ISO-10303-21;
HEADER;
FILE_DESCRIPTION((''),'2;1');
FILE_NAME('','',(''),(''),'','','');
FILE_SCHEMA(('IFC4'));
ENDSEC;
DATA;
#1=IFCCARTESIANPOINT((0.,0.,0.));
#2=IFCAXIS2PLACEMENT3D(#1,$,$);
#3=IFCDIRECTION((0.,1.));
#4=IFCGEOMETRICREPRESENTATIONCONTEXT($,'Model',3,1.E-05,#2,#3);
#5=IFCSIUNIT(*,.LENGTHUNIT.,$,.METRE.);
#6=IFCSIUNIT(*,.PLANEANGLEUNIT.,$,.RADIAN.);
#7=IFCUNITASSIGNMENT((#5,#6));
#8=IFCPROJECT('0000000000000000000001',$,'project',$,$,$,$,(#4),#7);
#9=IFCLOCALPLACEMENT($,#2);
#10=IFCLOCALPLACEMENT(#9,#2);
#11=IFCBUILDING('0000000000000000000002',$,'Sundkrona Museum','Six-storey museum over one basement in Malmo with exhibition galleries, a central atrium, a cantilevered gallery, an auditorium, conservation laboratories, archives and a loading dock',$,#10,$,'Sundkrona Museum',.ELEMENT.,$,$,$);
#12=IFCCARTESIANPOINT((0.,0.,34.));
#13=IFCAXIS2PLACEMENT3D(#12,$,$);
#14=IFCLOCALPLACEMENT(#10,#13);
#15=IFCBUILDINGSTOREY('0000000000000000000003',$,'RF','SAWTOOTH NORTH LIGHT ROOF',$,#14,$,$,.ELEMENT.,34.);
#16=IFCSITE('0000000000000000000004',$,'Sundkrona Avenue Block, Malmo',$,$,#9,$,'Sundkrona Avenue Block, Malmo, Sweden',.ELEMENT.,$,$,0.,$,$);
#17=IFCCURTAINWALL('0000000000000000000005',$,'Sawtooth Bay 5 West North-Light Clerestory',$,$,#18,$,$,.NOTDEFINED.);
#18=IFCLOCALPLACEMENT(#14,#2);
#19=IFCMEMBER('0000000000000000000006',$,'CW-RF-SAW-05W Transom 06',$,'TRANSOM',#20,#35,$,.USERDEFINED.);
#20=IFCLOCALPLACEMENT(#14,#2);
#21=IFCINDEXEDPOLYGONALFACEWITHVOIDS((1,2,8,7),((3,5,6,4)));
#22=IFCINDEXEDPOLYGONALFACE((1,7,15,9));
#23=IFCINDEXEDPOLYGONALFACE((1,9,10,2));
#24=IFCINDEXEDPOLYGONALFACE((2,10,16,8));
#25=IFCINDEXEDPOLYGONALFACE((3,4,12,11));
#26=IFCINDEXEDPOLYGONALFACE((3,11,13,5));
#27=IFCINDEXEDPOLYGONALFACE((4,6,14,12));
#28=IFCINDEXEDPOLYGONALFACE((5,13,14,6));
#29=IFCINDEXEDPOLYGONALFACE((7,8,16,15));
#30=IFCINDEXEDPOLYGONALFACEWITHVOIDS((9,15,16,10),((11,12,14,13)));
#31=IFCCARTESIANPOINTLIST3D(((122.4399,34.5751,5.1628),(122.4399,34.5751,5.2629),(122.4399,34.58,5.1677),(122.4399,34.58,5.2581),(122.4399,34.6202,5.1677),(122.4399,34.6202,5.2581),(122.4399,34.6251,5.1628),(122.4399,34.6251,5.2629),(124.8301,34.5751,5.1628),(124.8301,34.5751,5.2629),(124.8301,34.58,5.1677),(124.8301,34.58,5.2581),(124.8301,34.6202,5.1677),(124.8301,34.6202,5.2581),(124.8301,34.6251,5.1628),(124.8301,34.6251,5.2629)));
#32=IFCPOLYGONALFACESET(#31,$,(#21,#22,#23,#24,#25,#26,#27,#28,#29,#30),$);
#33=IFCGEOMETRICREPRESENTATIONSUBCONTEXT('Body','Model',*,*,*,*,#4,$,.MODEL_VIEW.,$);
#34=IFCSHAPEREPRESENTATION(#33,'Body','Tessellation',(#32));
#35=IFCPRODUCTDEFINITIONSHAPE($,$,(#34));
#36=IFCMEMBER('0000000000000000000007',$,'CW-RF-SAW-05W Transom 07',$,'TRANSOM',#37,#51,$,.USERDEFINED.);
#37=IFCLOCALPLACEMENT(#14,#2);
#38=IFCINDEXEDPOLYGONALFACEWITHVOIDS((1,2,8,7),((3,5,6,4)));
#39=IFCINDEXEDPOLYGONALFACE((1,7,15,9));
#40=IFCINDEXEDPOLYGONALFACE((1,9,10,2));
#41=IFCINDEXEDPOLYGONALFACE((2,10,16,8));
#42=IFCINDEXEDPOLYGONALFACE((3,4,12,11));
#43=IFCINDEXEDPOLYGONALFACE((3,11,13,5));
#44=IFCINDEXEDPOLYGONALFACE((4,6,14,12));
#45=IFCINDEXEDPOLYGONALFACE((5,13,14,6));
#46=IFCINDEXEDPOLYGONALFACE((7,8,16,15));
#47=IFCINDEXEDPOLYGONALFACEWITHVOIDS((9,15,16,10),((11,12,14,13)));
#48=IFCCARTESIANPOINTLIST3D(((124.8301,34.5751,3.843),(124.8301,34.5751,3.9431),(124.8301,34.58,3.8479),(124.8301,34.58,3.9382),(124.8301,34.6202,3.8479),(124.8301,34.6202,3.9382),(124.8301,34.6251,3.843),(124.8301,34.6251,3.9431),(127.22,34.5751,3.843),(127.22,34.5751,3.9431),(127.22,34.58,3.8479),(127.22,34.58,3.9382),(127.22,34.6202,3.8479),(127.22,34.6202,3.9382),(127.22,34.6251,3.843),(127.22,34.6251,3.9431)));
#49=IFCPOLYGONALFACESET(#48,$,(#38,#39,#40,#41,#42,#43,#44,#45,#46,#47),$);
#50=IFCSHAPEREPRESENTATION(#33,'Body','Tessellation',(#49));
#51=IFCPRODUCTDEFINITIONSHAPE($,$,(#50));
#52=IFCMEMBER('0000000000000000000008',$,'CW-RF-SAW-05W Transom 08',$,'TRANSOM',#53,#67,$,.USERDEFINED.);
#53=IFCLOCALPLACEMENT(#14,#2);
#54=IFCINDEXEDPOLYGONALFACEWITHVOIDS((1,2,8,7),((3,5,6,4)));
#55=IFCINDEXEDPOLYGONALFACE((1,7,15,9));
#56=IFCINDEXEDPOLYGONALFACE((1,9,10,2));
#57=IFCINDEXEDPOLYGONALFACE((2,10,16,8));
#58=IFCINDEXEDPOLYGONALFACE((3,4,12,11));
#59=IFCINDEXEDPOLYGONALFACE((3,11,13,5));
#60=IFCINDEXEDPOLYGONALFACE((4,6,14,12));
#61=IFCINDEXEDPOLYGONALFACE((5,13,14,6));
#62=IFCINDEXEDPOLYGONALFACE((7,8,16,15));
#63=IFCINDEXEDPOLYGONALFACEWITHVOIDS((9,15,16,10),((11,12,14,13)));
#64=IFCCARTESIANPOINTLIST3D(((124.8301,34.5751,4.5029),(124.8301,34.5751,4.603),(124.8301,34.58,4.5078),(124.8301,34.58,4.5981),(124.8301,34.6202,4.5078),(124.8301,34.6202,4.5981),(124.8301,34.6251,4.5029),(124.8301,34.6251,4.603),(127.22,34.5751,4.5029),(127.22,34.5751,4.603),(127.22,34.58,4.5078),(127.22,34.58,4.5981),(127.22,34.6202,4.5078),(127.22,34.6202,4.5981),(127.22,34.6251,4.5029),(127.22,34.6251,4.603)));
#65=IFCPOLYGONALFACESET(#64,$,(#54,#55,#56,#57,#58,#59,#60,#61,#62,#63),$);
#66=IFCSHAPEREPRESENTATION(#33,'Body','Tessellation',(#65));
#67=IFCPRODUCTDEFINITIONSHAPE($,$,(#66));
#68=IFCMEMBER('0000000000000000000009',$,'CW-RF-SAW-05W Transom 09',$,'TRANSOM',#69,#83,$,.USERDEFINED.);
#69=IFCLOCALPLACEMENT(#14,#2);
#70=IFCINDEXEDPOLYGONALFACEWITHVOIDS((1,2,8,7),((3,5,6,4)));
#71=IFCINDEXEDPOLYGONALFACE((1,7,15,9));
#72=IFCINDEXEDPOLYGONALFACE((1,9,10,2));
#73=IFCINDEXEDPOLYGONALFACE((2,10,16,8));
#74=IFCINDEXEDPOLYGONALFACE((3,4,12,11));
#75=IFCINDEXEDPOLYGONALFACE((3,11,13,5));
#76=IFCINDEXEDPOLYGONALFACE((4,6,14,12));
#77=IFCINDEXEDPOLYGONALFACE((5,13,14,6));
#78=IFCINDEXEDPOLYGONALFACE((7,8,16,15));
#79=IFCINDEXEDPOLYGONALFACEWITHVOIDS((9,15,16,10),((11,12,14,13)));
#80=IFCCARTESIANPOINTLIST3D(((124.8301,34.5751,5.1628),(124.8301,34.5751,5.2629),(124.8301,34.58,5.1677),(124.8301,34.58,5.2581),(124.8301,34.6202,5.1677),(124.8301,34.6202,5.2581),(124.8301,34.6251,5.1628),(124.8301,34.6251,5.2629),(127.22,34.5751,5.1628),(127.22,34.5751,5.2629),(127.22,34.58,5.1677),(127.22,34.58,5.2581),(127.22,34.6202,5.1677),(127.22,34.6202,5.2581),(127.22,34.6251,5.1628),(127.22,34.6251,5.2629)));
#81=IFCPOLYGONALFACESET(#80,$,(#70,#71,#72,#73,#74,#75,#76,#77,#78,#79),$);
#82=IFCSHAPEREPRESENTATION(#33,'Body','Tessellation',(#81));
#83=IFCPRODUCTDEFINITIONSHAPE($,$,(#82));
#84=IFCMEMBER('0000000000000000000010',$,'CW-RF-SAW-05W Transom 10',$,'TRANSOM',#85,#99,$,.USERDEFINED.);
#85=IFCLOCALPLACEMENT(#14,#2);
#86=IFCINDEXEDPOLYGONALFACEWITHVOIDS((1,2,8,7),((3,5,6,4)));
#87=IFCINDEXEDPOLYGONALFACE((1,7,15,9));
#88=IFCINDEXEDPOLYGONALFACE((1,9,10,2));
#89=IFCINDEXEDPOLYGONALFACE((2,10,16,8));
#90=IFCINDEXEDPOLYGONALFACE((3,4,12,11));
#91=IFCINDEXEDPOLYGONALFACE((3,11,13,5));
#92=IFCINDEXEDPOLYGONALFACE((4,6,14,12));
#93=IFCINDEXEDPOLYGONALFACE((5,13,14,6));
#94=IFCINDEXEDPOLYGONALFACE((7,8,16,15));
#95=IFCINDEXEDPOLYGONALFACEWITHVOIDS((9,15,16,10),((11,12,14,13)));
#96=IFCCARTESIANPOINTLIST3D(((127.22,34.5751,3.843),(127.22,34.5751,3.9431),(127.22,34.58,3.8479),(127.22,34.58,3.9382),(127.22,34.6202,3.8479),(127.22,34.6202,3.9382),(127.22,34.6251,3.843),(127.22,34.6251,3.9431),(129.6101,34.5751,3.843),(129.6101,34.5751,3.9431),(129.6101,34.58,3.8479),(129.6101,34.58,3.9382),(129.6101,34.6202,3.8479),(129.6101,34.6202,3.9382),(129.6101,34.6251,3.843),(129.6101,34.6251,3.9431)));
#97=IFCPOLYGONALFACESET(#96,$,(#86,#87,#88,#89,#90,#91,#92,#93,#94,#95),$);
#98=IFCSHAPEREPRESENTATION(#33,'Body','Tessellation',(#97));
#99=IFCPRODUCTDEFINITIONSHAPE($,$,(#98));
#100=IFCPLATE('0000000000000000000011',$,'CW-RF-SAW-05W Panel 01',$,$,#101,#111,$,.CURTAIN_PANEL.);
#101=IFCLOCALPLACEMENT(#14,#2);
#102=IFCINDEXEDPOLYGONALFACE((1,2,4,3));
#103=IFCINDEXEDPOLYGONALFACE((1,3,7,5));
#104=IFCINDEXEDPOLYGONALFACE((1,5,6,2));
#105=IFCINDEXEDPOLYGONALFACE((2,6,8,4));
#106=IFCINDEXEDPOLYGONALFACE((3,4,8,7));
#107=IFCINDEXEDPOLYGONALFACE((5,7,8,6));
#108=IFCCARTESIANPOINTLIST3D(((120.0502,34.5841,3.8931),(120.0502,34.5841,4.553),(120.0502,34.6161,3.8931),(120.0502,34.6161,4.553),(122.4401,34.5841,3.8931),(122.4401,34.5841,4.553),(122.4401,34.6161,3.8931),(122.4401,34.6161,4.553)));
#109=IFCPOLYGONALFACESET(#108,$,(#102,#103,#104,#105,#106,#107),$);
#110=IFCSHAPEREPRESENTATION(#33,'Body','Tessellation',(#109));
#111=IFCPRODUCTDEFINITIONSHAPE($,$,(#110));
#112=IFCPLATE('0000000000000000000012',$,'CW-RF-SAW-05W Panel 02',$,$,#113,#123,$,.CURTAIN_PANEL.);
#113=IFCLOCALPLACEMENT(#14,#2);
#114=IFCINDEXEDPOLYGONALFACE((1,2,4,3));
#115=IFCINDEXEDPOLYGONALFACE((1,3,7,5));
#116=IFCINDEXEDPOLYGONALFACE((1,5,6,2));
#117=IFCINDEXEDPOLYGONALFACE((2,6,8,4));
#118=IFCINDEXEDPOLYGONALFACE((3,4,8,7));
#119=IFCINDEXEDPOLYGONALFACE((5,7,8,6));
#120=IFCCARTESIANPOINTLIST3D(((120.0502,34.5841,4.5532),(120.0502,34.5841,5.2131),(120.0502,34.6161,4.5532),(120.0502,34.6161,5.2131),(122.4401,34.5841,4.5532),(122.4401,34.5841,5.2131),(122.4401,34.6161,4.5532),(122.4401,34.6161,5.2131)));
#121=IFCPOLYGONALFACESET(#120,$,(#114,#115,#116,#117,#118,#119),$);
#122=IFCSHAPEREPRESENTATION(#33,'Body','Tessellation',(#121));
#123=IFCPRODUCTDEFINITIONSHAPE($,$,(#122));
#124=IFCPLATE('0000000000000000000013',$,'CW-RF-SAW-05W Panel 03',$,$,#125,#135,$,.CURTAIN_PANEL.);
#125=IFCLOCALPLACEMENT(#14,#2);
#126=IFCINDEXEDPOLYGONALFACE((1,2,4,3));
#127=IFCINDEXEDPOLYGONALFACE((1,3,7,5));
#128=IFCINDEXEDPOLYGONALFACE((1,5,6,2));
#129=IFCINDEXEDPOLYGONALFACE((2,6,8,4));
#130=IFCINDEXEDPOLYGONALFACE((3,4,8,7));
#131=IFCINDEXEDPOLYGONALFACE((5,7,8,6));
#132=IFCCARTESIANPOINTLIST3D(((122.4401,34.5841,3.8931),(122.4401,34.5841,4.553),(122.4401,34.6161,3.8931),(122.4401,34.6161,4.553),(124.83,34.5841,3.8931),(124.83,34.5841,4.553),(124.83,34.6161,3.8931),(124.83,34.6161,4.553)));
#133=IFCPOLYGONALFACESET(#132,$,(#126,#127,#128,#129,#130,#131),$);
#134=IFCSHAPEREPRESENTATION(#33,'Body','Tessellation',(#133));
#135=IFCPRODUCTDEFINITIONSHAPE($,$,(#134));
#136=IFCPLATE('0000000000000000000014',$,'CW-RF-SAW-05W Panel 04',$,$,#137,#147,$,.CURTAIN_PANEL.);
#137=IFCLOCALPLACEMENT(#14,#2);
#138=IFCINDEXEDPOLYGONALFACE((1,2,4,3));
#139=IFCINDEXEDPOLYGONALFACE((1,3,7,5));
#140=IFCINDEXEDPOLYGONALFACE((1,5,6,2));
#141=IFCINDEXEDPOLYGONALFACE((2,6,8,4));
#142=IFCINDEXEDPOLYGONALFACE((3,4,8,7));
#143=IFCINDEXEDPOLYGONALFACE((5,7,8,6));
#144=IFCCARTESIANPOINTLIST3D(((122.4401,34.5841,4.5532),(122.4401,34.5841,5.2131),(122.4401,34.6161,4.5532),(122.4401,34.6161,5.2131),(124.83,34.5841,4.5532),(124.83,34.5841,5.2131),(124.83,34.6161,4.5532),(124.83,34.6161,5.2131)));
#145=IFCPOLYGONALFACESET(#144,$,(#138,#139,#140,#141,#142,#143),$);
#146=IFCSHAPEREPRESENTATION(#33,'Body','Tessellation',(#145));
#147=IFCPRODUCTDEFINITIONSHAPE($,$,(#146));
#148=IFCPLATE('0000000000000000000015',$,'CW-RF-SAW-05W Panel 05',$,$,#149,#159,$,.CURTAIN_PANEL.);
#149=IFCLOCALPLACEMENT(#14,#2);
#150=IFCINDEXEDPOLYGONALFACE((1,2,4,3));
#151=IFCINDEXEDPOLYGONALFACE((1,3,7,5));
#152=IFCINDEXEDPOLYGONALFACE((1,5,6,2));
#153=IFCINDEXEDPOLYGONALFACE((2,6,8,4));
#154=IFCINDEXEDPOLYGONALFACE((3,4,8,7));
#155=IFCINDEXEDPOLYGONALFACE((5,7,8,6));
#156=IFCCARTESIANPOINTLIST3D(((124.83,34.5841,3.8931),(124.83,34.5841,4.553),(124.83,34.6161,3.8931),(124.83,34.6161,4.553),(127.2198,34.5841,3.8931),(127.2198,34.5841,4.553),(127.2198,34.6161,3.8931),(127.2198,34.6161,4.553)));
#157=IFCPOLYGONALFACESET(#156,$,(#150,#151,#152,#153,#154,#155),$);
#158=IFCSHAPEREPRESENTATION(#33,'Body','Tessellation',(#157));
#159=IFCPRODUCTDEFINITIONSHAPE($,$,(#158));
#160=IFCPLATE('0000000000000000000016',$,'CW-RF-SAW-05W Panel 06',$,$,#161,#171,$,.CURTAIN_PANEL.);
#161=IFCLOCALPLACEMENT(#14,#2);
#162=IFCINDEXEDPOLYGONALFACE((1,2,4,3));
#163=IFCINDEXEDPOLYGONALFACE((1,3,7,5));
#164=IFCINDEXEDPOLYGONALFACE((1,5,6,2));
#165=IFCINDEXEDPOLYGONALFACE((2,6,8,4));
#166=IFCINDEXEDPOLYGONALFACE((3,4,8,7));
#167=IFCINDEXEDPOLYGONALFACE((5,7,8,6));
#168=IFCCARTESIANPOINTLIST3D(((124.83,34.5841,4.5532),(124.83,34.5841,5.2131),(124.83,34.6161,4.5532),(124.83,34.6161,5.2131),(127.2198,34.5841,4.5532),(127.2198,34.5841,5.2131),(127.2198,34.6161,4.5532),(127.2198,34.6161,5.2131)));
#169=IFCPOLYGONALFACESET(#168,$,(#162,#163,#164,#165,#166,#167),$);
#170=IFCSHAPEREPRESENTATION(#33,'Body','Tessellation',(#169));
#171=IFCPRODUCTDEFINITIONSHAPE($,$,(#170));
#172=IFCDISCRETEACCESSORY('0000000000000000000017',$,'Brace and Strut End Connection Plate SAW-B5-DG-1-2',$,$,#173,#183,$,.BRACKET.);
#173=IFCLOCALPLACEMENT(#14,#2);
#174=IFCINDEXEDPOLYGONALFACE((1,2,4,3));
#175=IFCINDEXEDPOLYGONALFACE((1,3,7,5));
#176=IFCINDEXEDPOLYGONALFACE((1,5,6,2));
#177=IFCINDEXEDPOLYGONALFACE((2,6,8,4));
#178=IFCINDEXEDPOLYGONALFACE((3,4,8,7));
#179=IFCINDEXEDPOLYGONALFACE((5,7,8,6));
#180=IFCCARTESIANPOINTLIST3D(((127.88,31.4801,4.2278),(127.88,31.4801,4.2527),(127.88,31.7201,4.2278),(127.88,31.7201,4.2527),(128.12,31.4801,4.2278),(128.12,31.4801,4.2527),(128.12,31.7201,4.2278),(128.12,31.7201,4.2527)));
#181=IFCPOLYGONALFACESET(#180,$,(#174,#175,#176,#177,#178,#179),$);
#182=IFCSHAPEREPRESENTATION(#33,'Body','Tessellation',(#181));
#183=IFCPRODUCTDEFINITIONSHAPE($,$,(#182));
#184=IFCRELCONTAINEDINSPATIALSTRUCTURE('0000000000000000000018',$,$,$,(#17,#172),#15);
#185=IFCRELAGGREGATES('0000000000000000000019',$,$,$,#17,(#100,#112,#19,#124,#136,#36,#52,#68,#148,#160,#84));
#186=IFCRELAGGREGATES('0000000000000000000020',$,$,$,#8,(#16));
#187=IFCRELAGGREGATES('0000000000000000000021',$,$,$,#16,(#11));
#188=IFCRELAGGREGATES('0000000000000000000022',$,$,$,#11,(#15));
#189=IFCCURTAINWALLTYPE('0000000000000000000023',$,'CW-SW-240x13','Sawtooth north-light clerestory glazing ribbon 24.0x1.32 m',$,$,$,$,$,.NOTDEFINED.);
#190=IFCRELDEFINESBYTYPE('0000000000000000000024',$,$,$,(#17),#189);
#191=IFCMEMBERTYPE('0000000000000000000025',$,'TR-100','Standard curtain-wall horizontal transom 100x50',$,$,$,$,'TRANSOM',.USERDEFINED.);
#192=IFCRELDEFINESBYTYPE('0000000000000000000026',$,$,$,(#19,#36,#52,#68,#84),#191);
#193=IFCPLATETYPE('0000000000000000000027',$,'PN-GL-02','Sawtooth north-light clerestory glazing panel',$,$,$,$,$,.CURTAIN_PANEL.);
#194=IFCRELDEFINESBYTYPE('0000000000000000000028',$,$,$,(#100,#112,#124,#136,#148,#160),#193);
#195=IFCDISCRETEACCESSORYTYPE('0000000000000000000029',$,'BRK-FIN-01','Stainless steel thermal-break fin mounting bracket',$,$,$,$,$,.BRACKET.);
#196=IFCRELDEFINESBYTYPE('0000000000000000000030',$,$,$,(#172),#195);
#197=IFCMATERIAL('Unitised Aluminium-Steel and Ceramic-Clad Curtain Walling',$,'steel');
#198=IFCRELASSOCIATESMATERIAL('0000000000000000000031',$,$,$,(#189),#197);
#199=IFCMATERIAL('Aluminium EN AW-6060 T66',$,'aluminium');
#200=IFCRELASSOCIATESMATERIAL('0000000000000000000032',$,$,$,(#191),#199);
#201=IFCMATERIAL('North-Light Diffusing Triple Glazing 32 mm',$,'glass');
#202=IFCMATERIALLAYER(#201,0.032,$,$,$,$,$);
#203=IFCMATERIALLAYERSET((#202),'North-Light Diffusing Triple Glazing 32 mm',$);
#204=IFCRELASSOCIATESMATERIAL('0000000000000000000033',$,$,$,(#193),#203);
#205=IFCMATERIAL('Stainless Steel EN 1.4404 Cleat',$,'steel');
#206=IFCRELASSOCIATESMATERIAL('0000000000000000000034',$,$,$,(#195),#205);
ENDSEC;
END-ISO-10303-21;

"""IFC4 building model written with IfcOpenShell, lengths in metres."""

from ifc_helpers import new_model, si_unit, direction, frame, origin, origin_2d, place, context, subcontext, project, spatial, rectangle, hollow_rectangle, extrude, material, layer, layer_set, material_profile, profile_set, type_object, element, aggregate, save


model = new_model("IFC4")

# Units and contexts
model_context = context("Model", 3, precision=1e-05, world=origin(), true_north=direction((0.0, 1.0)))
body_context = subcontext(model_context, "Body", "Model", "MODEL_VIEW")
ifc_project = project(units=[si_unit("LENGTHUNIT", "METRE"), si_unit("PLANEANGLEUNIT", "RADIAN")], contexts=[model_context])

# Site, building, storey
site_placement = place(None, origin())
site = spatial("IfcSite", under=ifc_project, at=site_placement, Name="Sundkrona Avenue Block, Malmo", LongName="Sundkrona Avenue Block, Malmo, Sweden", CompositionType="ELEMENT", RefElevation=0.0)
building_placement = place(site_placement, origin())
building = spatial("IfcBuilding", under=site, at=building_placement, Name="Sundkrona Museum", Description="Six-storey museum over one basement in Malmo with exhibition galleries, a central atrium, a cantilevered gallery, an auditorium, conservation laboratories, archives and a loading dock", LongName="Sundkrona Museum", CompositionType="ELEMENT")
storey_placement = place(building_placement, frame((0.0, 0.0, 34.0)))
storey = spatial("IfcBuildingStorey", under=building, at=storey_placement, Name="RF", Description="SAWTOOTH NORTH LIGHT ROOF", CompositionType="ELEMENT", Elevation=34.0)

# Curtain wall
ifc_material_1 = material(Name="Unitised Aluminium-Steel and Ceramic-Clad Curtain Walling", Category="steel")
curtain_wall_type = type_object("IfcCurtainWallType", Name="CW-SW-240x13", Description="Sawtooth north-light clerestory glazing ribbon 24.0x1.32 m", PredefinedType="NOTDEFINED", material=ifc_material_1)
curtain_wall_1_placement = place(storey_placement, origin())
curtain_wall_1 = element("IfcCurtainWall", 1, at=curtain_wall_1_placement, inside=storey, type_object=curtain_wall_type, Name="Sawtooth Bay 5 West North-Light Clerestory", PredefinedType="NOTDEFINED")
ifc_material_2 = material(Name="Aluminium EN AW-6060 T66", Category="aluminium")
ifc_material_profile_1 = material_profile(ifc_material_2, hollow_rectangle(XDim=0.05, YDim=0.1001, WallThickness=0.0049, at=origin_2d()), Name="RHS 100x50x5.0")
ifc_profile_set_1 = profile_set([ifc_material_profile_1], Name="Aluminium EN AW-6060 T66")
member_type_1 = type_object("IfcMemberType", Name="TR-100", Description="Standard curtain-wall horizontal transom 100x50", ElementType="TRANSOM", PredefinedType="USERDEFINED", material=ifc_profile_set_1)

# Members
member_1_placement = place(storey_placement, frame((122.4399, 34.6001, 5.2129), z_axis=(1.0, 0.0, 0.0), x_axis=(0.0, 1.0, 0.0)))
member_1 = element("IfcMember", 2, at=member_1_placement, type_object=member_type_1, Name="CW-RF-SAW-05W Transom 06", ObjectType="TRANSOM", PredefinedType="USERDEFINED", context=body_context, shape_type="SweptSolid", body=[
    extrude(hollow_rectangle(XDim=0.05, YDim=0.1001, WallThickness=0.0049, at=origin_2d()), origin(), (0.0, 0.0, 1.0), 2.3901),
])
member_2_placement = place(storey_placement, frame((124.8301, 34.6001, 3.8931), z_axis=(1.0, 0.0, 0.0), x_axis=(0.0, 1.0, 0.0)))
member_2 = element("IfcMember", 3, at=member_2_placement, type_object=member_type_1, Name="CW-RF-SAW-05W Transom 07", ObjectType="TRANSOM", PredefinedType="USERDEFINED", context=body_context, shape_type="SweptSolid", body=[
    extrude(hollow_rectangle(XDim=0.05, YDim=0.1001, WallThickness=0.0049, at=origin_2d()), origin(), (0.0, 0.0, 1.0), 2.3899),
])
member_3_placement = place(storey_placement, frame((124.8301, 34.6001, 4.553), z_axis=(1.0, 0.0, 0.0), x_axis=(0.0, 1.0, 0.0)))
member_3 = element("IfcMember", 4, at=member_3_placement, type_object=member_type_1, Name="CW-RF-SAW-05W Transom 08", ObjectType="TRANSOM", PredefinedType="USERDEFINED", context=body_context, shape_type="SweptSolid", body=[
    extrude(hollow_rectangle(XDim=0.05, YDim=0.1001, WallThickness=0.0049, at=origin_2d()), origin(), (0.0, 0.0, 1.0), 2.3899),
])
member_4_placement = place(storey_placement, frame((124.8301, 34.6001, 5.2129), z_axis=(1.0, 0.0, 0.0), x_axis=(0.0, 1.0, 0.0)))
member_4 = element("IfcMember", 5, at=member_4_placement, type_object=member_type_1, Name="CW-RF-SAW-05W Transom 09", ObjectType="TRANSOM", PredefinedType="USERDEFINED", context=body_context, shape_type="SweptSolid", body=[
    extrude(hollow_rectangle(XDim=0.05, YDim=0.1001, WallThickness=0.0049, at=origin_2d()), origin(), (0.0, 0.0, 1.0), 2.3899),
])
member_5_placement = place(storey_placement, frame((127.22, 34.6001, 3.8931), z_axis=(1.0, 0.0, 0.0), x_axis=(0.0, 1.0, 0.0)))
member_5 = element("IfcMember", 6, at=member_5_placement, type_object=member_type_1, Name="CW-RF-SAW-05W Transom 10", ObjectType="TRANSOM", PredefinedType="USERDEFINED", context=body_context, shape_type="SweptSolid", body=[
    extrude(hollow_rectangle(XDim=0.05, YDim=0.1001, WallThickness=0.0049, at=origin_2d()), origin(), (0.0, 0.0, 1.0), 2.3901),
])

# Plates
ifc_material_3 = material(Name="North-Light Diffusing Triple Glazing 32 mm", Category="glass")
ifc_layer = layer(ifc_material_3, 0.032)
ifc_layer_set = layer_set([ifc_layer], Name="North-Light Diffusing Triple Glazing 32 mm")
plate_type = type_object("IfcPlateType", Name="PN-GL-02", Description="Sawtooth north-light clerestory glazing panel", PredefinedType="CURTAIN_PANEL", material=ifc_layer_set)
plate_1_placement = place(storey_placement, frame((121.2451, 34.6001, 3.8931), z_axis=(0.0, 0.0, 1.0), x_axis=(1.0, 0.0, 0.0)))
plate_1 = element("IfcPlate", 7, at=plate_1_placement, type_object=plate_type, Name="CW-RF-SAW-05W Panel 01", PredefinedType="CURTAIN_PANEL", context=body_context, shape_type="SweptSolid", body=[
    extrude(rectangle(XDim=2.3899, YDim=0.032, at=origin_2d()), origin(), (0.0, 0.0, 1.0), 0.6599),
])
plate_2_placement = place(storey_placement, frame((121.2451, 34.6001, 4.5532), z_axis=(0.0, 0.0, 1.0), x_axis=(1.0, 0.0, 0.0)))
plate_2 = element("IfcPlate", 8, at=plate_2_placement, type_object=plate_type, Name="CW-RF-SAW-05W Panel 02", PredefinedType="CURTAIN_PANEL", context=body_context, shape_type="SweptSolid", body=[
    extrude(rectangle(XDim=2.3899, YDim=0.032, at=origin_2d()), origin(), (0.0, 0.0, 1.0), 0.6599),
])
plate_3_placement = place(storey_placement, frame((123.635, 34.6001, 3.8931), z_axis=(0.0, 0.0, 1.0), x_axis=(1.0, 0.0, 0.0)))
plate_3 = element("IfcPlate", 9, at=plate_3_placement, type_object=plate_type, Name="CW-RF-SAW-05W Panel 03", PredefinedType="CURTAIN_PANEL", context=body_context, shape_type="SweptSolid", body=[
    extrude(rectangle(XDim=2.3899, YDim=0.032, at=origin_2d()), origin(), (0.0, 0.0, 1.0), 0.6599),
])
plate_4_placement = place(storey_placement, frame((123.635, 34.6001, 4.5532), z_axis=(0.0, 0.0, 1.0), x_axis=(1.0, 0.0, 0.0)))
plate_4 = element("IfcPlate", 10, at=plate_4_placement, type_object=plate_type, Name="CW-RF-SAW-05W Panel 04", PredefinedType="CURTAIN_PANEL", context=body_context, shape_type="SweptSolid", body=[
    extrude(rectangle(XDim=2.3899, YDim=0.032, at=origin_2d()), origin(), (0.0, 0.0, 1.0), 0.6599),
])
plate_5_placement = place(storey_placement, frame((126.0249, 34.6001, 3.8931), z_axis=(0.0, 0.0, 1.0), x_axis=(1.0, 0.0, 0.0)))
plate_5 = element("IfcPlate", 11, at=plate_5_placement, type_object=plate_type, Name="CW-RF-SAW-05W Panel 05", PredefinedType="CURTAIN_PANEL", context=body_context, shape_type="SweptSolid", body=[
    extrude(rectangle(XDim=2.3899, YDim=0.032, at=origin_2d()), origin(), (0.0, 0.0, 1.0), 0.6599),
])
plate_6_placement = place(storey_placement, frame((126.0249, 34.6001, 4.5532), z_axis=(0.0, 0.0, 1.0), x_axis=(1.0, 0.0, 0.0)))
plate_6 = element("IfcPlate", 12, at=plate_6_placement, type_object=plate_type, Name="CW-RF-SAW-05W Panel 06", PredefinedType="CURTAIN_PANEL", context=body_context, shape_type="SweptSolid", body=[
    extrude(rectangle(XDim=2.3899, YDim=0.032, at=origin_2d()), origin(), (0.0, 0.0, 1.0), 0.6599),
])
aggregate(curtain_wall_1, [plate_1, plate_2, member_1, plate_3, plate_4, member_2, member_3, member_4, plate_5, plate_6, member_5])

# Discrete accessory
ifc_material_4 = material(Name="Stainless Steel EN 1.4404 Cleat", Category="steel")
discrete_accessory_type = type_object("IfcDiscreteAccessoryType", Name="BRK-FIN-01", Description="Stainless steel thermal-break fin mounting bracket", PredefinedType="BRACKET", material=ifc_material_4)
discrete_accessory_placement = place(storey_placement, frame((128.0, 31.6001, 4.2278), z_axis=(0.0, 0.0, 1.0), x_axis=(1.0, 0.0, 0.0)))
element("IfcDiscreteAccessory", 13, at=discrete_accessory_placement, inside=storey, type_object=discrete_accessory_type, Name="Brace and Strut End Connection Plate SAW-B5-DG-1-2", PredefinedType="BRACKET", context=body_context, shape_type="SweptSolid", body=[
    extrude(rectangle(XDim=0.24, YDim=0.24, at=origin_2d()), origin(), (0.0, 0.0, 1.0), 0.0249),
])

save(model, "model.ifc")
